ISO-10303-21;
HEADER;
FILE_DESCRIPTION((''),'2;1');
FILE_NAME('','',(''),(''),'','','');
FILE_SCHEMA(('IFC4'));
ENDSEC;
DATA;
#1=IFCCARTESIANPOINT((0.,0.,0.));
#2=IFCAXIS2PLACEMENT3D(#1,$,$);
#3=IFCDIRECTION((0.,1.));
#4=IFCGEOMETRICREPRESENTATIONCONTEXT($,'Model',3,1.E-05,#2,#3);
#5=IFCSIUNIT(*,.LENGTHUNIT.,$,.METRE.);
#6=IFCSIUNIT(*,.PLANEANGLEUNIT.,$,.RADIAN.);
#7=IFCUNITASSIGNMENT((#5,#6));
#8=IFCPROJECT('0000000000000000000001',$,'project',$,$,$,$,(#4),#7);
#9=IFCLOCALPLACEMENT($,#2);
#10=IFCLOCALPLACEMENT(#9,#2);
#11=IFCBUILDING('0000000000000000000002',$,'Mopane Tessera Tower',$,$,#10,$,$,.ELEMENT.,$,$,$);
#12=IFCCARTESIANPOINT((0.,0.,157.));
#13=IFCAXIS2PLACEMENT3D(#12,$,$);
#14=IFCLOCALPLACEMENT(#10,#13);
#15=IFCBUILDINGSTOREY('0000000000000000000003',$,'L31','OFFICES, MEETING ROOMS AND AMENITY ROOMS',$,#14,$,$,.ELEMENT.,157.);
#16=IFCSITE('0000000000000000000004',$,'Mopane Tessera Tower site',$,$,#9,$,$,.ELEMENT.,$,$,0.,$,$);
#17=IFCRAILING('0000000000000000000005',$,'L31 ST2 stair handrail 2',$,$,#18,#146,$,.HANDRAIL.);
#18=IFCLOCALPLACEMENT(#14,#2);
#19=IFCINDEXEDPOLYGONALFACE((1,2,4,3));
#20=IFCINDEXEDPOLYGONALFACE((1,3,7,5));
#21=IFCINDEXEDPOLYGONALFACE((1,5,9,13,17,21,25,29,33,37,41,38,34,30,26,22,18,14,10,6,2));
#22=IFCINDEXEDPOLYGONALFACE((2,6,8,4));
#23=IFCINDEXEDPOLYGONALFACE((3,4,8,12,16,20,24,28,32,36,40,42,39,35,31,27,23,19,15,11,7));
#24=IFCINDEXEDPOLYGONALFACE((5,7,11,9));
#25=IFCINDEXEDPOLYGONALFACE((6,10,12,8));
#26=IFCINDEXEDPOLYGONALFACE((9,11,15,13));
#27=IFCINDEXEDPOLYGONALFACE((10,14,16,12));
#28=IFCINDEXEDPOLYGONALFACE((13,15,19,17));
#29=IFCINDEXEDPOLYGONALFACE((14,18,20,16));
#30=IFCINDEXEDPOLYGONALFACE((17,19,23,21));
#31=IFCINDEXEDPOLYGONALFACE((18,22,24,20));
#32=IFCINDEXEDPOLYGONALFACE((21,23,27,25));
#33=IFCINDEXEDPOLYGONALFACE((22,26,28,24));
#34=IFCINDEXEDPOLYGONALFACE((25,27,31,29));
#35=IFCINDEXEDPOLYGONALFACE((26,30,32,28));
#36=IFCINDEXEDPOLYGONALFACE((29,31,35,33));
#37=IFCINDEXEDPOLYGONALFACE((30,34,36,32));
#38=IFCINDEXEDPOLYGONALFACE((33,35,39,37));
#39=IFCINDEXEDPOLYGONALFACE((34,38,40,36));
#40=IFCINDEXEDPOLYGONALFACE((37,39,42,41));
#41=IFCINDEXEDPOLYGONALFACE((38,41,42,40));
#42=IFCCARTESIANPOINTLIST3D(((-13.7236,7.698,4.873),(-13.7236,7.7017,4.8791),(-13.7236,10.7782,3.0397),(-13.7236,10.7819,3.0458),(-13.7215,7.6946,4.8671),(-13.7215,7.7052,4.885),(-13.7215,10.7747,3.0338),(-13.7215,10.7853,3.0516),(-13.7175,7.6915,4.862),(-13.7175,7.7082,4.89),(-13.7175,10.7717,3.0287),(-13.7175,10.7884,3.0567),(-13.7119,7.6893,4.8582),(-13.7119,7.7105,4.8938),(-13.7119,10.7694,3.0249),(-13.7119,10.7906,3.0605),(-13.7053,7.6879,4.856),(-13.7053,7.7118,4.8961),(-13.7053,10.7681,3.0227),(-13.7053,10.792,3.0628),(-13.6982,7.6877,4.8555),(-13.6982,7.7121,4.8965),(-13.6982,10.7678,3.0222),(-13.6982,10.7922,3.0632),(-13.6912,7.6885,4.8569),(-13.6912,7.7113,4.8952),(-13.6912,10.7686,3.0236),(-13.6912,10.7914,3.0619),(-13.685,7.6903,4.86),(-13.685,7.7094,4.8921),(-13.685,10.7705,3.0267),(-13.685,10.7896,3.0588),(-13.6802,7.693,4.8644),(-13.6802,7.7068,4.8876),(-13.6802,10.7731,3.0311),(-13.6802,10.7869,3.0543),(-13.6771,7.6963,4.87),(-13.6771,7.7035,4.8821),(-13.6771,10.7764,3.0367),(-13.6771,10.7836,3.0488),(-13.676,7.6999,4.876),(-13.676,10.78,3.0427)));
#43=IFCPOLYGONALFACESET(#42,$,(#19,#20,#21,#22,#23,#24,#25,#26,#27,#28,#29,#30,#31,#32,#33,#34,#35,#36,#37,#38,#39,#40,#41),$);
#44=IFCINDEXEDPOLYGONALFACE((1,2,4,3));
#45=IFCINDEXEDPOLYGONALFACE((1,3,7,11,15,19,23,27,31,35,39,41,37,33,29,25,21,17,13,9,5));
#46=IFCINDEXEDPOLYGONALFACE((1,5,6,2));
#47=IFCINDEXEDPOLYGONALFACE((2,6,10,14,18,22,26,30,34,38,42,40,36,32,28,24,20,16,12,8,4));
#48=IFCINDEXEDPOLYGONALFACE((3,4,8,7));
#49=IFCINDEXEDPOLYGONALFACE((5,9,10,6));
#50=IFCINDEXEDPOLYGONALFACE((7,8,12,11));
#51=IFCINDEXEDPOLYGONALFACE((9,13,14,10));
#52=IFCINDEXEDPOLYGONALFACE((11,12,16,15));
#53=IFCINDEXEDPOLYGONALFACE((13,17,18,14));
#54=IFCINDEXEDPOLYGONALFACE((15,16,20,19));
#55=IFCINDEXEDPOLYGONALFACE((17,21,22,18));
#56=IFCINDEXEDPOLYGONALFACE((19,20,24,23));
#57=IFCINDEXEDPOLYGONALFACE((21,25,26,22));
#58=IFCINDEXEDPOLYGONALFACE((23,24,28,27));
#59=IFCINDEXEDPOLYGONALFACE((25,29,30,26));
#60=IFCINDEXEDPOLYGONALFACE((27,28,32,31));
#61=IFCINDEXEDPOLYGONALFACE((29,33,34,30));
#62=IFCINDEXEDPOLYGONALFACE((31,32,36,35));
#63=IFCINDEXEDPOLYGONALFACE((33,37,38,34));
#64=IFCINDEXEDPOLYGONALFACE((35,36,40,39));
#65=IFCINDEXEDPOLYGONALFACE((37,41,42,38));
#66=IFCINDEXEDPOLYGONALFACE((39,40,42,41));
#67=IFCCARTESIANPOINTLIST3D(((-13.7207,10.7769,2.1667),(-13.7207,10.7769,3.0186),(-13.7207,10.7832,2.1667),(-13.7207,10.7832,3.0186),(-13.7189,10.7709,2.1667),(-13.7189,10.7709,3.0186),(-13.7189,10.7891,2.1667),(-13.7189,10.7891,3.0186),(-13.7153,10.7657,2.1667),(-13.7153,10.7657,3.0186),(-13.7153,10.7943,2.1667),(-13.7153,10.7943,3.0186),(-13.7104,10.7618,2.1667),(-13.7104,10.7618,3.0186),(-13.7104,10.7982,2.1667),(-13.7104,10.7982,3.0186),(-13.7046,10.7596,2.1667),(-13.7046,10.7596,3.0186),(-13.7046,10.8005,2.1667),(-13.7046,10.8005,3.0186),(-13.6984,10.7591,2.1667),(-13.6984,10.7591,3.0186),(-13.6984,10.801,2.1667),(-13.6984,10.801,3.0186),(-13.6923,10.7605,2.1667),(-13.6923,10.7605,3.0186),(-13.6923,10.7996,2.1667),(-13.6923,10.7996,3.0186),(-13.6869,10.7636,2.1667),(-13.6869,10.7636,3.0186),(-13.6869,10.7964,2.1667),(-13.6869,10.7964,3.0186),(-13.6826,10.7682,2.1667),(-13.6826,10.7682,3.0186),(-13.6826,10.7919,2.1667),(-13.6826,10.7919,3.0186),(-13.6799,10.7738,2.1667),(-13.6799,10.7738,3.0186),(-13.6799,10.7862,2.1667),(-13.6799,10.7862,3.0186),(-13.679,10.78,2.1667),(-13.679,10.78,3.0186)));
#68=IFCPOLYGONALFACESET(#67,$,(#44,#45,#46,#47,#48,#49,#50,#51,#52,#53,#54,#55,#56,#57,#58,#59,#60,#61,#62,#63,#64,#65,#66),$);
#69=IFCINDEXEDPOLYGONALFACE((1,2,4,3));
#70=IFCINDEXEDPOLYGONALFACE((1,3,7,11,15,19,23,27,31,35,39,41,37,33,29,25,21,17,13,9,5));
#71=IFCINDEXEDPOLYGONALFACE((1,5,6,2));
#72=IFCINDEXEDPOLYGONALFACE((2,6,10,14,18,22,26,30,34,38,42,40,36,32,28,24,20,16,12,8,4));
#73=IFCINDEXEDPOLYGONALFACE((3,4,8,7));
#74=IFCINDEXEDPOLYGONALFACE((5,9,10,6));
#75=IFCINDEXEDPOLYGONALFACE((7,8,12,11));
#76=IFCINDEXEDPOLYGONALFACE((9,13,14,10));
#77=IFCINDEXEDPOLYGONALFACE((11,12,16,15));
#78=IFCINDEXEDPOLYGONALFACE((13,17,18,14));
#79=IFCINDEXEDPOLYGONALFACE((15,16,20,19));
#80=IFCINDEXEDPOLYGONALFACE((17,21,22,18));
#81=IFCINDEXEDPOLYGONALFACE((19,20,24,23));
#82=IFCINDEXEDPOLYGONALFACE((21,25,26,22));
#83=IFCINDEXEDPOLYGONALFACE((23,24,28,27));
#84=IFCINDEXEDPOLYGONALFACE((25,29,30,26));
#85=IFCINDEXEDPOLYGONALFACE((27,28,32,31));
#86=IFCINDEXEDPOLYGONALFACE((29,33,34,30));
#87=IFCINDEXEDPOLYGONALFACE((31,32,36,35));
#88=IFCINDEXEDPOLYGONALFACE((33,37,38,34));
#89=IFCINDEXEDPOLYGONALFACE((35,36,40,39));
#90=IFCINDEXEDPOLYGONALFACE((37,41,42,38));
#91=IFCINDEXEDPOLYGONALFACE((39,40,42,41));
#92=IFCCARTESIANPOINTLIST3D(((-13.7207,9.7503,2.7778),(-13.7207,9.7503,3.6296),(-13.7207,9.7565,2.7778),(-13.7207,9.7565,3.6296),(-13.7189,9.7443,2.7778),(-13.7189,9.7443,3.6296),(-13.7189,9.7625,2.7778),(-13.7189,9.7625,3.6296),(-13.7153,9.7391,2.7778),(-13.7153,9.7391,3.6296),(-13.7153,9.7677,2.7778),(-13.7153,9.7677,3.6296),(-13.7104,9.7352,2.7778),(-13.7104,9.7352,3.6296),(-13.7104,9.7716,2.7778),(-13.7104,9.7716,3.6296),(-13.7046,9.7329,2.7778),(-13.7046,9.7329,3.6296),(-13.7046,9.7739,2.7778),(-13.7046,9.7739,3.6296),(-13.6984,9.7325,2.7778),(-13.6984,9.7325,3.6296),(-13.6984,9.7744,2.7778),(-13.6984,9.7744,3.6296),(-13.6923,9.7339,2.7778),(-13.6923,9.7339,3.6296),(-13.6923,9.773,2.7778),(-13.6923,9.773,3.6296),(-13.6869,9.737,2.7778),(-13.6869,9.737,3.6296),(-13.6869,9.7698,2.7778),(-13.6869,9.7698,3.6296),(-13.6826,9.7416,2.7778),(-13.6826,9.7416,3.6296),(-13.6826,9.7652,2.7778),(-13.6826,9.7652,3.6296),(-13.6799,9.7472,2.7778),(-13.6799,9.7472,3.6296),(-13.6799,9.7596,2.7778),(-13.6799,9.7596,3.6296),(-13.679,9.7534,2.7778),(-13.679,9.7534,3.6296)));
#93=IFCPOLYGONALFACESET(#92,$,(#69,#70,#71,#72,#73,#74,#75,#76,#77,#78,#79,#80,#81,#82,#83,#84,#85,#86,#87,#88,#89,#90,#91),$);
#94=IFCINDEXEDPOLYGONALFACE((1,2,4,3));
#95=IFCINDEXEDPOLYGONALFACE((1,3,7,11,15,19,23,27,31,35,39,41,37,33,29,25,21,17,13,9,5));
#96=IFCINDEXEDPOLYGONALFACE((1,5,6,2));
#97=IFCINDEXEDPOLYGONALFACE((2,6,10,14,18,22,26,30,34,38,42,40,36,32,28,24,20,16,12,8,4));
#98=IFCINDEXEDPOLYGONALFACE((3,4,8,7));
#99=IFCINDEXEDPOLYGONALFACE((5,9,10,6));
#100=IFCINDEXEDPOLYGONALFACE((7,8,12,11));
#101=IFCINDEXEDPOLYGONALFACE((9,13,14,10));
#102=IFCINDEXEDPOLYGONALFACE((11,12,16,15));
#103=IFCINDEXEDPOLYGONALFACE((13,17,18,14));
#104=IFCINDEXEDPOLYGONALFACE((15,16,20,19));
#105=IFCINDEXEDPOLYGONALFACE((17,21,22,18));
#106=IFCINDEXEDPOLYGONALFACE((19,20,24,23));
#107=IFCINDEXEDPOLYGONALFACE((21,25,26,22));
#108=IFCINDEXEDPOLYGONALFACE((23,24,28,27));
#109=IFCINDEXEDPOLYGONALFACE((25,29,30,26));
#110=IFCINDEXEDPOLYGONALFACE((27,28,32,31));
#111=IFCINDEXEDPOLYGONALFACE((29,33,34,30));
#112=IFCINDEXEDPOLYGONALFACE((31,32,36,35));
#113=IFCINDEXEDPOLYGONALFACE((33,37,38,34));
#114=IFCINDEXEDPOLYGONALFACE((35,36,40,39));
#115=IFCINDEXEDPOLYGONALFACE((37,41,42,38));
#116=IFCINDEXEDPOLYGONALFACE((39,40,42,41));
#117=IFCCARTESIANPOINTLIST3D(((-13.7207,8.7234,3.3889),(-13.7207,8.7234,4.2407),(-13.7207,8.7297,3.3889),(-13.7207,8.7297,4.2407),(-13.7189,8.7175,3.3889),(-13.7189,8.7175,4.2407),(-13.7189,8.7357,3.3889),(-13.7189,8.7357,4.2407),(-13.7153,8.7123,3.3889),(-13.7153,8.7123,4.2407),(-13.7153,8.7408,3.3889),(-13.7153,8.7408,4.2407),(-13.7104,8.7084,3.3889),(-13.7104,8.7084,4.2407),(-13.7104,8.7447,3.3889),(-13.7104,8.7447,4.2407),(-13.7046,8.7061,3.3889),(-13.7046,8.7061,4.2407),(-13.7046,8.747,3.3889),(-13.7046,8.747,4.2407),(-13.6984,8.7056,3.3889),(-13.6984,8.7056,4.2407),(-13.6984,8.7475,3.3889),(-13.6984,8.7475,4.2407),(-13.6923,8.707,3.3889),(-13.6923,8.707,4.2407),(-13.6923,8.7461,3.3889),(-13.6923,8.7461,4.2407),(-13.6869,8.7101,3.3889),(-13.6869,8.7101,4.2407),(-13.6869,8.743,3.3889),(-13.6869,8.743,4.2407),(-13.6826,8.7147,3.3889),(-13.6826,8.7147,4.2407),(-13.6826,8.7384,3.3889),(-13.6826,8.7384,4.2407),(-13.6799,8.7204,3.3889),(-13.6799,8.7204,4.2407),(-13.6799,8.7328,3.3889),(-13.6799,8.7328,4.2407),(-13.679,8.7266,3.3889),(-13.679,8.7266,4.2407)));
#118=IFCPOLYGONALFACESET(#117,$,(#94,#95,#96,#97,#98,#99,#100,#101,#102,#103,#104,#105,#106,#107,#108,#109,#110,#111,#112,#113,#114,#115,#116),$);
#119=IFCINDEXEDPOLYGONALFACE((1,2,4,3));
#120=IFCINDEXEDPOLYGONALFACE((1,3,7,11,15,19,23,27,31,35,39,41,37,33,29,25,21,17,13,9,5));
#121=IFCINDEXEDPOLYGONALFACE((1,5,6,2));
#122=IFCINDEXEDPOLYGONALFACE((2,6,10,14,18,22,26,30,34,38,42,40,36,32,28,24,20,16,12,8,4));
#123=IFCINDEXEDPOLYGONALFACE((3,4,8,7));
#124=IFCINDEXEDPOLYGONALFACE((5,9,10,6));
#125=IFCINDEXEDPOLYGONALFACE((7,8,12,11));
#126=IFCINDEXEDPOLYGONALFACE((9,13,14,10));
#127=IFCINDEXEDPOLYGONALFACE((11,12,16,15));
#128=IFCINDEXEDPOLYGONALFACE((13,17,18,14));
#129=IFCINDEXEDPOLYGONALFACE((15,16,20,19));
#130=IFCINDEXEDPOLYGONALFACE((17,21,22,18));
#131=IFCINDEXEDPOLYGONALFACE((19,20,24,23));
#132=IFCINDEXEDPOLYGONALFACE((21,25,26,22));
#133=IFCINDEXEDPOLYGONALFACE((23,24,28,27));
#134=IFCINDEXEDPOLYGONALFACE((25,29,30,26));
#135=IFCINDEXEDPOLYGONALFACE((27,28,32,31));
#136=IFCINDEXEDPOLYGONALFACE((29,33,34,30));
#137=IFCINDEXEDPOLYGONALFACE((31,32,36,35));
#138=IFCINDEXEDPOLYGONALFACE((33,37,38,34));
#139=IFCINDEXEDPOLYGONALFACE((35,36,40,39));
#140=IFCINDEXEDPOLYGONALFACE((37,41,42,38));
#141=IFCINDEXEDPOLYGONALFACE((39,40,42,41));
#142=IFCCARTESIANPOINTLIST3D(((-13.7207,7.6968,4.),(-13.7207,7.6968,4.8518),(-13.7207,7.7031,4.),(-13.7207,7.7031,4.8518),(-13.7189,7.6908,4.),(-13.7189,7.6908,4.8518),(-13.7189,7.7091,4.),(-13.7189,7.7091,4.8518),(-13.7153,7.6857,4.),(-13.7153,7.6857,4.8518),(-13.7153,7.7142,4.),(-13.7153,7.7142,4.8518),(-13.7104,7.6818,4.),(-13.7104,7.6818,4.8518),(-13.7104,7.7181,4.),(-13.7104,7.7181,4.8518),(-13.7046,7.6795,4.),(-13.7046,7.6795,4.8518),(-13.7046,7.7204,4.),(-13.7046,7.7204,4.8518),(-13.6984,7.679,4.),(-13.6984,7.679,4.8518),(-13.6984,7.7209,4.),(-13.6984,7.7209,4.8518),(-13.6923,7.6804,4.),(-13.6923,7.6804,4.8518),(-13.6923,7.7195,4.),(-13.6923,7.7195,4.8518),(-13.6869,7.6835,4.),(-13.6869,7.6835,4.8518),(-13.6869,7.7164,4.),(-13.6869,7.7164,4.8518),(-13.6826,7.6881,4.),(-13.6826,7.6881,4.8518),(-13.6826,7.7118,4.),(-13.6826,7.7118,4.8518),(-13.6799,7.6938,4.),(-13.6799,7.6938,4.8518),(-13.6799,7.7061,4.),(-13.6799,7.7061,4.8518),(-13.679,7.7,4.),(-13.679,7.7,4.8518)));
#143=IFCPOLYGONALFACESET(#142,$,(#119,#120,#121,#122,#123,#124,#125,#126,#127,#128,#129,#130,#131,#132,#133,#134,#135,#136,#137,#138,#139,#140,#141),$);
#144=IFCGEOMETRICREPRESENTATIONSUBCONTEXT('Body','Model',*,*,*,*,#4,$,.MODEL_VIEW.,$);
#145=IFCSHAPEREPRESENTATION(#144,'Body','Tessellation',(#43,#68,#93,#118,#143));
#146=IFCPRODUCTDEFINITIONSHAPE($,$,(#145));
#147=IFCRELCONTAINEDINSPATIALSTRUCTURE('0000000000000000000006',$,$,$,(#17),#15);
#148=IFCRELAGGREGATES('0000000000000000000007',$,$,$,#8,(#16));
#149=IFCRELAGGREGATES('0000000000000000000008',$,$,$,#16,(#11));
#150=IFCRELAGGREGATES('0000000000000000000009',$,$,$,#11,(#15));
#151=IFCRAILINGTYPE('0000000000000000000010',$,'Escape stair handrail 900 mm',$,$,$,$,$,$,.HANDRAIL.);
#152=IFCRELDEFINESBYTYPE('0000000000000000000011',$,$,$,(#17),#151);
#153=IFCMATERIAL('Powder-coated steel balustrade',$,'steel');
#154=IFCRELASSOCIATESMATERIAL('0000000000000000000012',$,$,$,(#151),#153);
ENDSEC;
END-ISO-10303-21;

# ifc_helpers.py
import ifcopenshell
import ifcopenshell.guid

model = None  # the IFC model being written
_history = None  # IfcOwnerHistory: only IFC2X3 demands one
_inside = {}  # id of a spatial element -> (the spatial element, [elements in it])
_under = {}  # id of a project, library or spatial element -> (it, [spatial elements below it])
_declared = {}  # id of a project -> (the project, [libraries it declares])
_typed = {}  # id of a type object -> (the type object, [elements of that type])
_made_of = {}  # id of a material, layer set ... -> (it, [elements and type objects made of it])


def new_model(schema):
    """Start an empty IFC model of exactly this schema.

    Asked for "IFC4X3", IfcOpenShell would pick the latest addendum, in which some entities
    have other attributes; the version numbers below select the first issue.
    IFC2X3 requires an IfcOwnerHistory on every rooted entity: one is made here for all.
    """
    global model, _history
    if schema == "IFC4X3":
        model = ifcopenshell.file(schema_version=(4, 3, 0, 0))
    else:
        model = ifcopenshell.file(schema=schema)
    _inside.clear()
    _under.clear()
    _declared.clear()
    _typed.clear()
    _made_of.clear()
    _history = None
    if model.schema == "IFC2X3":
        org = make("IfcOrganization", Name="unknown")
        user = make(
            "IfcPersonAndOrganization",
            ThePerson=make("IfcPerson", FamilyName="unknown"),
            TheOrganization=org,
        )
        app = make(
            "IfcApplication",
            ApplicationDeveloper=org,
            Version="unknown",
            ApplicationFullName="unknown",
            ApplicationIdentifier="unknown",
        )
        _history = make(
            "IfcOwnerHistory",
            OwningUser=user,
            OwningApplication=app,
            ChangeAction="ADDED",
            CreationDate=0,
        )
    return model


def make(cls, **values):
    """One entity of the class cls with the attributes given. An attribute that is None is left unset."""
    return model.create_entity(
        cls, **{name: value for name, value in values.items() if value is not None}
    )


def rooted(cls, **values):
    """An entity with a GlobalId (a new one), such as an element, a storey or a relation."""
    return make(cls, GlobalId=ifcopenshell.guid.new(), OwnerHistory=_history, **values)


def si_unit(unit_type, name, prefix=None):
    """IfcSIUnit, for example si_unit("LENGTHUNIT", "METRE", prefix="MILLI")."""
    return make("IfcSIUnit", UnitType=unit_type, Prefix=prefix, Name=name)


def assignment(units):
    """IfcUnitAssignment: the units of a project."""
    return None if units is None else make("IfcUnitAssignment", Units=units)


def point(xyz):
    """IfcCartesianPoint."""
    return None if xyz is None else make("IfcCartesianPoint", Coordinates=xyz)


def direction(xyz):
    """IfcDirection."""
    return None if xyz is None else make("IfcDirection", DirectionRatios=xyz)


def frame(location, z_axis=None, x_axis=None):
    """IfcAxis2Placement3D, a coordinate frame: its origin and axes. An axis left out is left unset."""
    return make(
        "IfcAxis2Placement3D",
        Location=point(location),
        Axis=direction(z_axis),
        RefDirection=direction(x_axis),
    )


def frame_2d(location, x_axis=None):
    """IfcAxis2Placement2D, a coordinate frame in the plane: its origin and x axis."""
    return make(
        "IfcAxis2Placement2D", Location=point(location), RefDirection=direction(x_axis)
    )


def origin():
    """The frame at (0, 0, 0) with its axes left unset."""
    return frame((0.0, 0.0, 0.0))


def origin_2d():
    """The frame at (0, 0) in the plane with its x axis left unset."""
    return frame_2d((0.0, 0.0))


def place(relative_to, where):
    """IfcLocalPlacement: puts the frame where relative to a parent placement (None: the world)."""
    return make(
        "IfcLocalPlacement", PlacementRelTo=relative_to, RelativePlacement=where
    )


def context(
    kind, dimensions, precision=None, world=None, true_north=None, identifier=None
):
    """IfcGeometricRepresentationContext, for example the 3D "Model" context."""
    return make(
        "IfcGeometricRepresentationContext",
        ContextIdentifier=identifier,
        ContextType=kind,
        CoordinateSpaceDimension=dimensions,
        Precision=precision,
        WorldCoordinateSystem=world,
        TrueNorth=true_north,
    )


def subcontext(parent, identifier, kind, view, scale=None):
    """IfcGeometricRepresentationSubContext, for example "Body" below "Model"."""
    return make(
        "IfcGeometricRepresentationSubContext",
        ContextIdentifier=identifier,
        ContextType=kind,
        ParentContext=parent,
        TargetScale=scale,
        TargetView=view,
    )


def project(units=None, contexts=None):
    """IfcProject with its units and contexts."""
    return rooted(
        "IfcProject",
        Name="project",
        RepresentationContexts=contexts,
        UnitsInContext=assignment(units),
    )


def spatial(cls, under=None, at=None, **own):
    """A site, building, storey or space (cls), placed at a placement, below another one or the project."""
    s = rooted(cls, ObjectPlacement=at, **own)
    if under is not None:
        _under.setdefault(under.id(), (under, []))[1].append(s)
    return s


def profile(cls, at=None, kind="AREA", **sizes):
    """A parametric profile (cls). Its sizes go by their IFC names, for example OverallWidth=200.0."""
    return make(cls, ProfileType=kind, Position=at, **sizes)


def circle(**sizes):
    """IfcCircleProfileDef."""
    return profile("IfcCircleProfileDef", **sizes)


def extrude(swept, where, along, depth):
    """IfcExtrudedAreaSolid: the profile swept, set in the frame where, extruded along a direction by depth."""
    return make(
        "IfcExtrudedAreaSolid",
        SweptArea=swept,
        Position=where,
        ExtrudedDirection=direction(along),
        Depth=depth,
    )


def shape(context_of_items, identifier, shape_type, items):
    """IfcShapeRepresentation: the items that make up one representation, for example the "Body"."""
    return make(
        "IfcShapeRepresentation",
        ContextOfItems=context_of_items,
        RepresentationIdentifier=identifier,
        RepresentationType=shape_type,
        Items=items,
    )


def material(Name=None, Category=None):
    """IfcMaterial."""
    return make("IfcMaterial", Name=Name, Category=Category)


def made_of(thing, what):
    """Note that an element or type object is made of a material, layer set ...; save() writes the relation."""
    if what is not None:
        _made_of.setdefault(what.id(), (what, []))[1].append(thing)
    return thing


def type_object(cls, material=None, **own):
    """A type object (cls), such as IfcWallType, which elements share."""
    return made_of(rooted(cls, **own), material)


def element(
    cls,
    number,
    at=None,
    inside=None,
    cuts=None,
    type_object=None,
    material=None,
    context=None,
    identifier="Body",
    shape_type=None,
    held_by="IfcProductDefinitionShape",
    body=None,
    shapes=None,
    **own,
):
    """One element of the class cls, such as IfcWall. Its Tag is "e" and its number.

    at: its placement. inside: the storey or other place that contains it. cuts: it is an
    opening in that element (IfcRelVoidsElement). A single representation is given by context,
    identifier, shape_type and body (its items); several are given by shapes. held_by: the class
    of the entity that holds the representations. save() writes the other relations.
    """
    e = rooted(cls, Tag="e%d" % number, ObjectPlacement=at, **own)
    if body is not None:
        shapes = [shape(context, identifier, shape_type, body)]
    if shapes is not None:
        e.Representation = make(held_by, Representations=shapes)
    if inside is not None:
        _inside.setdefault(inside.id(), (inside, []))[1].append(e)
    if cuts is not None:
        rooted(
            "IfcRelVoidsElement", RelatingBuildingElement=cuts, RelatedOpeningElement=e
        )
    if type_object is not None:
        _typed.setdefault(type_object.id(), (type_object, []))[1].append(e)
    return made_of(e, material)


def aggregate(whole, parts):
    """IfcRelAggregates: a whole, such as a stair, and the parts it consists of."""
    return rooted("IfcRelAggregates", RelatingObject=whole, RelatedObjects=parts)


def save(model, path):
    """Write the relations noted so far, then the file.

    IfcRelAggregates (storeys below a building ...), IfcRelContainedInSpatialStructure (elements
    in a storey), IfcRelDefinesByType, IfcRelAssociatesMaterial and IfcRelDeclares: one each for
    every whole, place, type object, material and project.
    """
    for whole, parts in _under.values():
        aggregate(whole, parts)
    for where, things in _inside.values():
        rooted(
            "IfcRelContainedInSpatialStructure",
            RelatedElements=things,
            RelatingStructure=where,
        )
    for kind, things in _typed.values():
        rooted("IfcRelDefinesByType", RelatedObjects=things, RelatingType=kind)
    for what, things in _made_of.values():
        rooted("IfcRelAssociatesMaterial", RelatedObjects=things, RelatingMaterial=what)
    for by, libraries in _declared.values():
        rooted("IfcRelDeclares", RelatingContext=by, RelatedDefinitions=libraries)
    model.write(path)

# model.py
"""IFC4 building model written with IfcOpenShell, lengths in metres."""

from ifc_helpers import new_model, si_unit, direction, frame, origin, origin_2d, place, context, subcontext, project, spatial, circle, extrude, material, type_object, element, save


model = new_model("IFC4")

# Units and contexts
model_context = context("Model", 3, precision=1e-05, world=origin(), true_north=direction((0.0, 1.0)))
body_context = subcontext(model_context, "Body", "Model", "MODEL_VIEW")
ifc_project = project(units=[si_unit("LENGTHUNIT", "METRE"), si_unit("PLANEANGLEUNIT", "RADIAN")], contexts=[model_context])

# Site, building, storey
site_placement = place(None, origin())
site = spatial("IfcSite", under=ifc_project, at=site_placement, Name="Mopane Tessera Tower site", CompositionType="ELEMENT", RefElevation=0.0)
building_placement = place(site_placement, origin())
building = spatial("IfcBuilding", under=site, at=building_placement, Name="Mopane Tessera Tower", CompositionType="ELEMENT")
storey_placement = place(building_placement, frame((0.0, 0.0, 157.0)))
storey = spatial("IfcBuildingStorey", under=building, at=storey_placement, Name="L31", Description="OFFICES, MEETING ROOMS AND AMENITY ROOMS", CompositionType="ELEMENT", Elevation=157.0)

# Railing
ifc_material_1 = material(Name="Powder-coated steel balustrade", Category="steel")
railing_type_1 = type_object("IfcRailingType", Name="Escape stair handrail 900 mm", PredefinedType="HANDRAIL", material=ifc_material_1)
railing_1_placement = place(storey_placement, frame((-13.7, 10.78, 2.1667)))
element("IfcRailing", 1, at=railing_1_placement, inside=storey, type_object=railing_type_1, Name="L31 ST2 stair handrail 2", PredefinedType="HANDRAIL", context=body_context, shape_type="SweptSolid", body=[
    extrude(circle(Radius=0.0239, at=origin_2d()), frame((0.0, 0.0, 0.876), z_axis=(0.0, -0.859309, 0.511458), x_axis=(1.0, 0.0, 0.0)), (0.0, 0.0, 1.0), 3.5845),
    extrude(circle(Radius=0.021, at=origin_2d()), origin(), (0.0, 0.0, 1.0), 0.8518),
    extrude(circle(Radius=0.021, at=origin_2d()), frame((0.0, -1.0266, 0.6111)), (0.0, 0.0, 1.0), 0.8518),
    extrude(circle(Radius=0.021, at=origin_2d()), frame((0.0, -2.0535, 1.2222)), (0.0, 0.0, 1.0), 0.8518),
    extrude(circle(Radius=0.021, at=origin_2d()), frame((0.0, -3.0801, 1.8333)), (0.0, 0.0, 1.0), 0.8518),
])

save(model, "model.ifc")
